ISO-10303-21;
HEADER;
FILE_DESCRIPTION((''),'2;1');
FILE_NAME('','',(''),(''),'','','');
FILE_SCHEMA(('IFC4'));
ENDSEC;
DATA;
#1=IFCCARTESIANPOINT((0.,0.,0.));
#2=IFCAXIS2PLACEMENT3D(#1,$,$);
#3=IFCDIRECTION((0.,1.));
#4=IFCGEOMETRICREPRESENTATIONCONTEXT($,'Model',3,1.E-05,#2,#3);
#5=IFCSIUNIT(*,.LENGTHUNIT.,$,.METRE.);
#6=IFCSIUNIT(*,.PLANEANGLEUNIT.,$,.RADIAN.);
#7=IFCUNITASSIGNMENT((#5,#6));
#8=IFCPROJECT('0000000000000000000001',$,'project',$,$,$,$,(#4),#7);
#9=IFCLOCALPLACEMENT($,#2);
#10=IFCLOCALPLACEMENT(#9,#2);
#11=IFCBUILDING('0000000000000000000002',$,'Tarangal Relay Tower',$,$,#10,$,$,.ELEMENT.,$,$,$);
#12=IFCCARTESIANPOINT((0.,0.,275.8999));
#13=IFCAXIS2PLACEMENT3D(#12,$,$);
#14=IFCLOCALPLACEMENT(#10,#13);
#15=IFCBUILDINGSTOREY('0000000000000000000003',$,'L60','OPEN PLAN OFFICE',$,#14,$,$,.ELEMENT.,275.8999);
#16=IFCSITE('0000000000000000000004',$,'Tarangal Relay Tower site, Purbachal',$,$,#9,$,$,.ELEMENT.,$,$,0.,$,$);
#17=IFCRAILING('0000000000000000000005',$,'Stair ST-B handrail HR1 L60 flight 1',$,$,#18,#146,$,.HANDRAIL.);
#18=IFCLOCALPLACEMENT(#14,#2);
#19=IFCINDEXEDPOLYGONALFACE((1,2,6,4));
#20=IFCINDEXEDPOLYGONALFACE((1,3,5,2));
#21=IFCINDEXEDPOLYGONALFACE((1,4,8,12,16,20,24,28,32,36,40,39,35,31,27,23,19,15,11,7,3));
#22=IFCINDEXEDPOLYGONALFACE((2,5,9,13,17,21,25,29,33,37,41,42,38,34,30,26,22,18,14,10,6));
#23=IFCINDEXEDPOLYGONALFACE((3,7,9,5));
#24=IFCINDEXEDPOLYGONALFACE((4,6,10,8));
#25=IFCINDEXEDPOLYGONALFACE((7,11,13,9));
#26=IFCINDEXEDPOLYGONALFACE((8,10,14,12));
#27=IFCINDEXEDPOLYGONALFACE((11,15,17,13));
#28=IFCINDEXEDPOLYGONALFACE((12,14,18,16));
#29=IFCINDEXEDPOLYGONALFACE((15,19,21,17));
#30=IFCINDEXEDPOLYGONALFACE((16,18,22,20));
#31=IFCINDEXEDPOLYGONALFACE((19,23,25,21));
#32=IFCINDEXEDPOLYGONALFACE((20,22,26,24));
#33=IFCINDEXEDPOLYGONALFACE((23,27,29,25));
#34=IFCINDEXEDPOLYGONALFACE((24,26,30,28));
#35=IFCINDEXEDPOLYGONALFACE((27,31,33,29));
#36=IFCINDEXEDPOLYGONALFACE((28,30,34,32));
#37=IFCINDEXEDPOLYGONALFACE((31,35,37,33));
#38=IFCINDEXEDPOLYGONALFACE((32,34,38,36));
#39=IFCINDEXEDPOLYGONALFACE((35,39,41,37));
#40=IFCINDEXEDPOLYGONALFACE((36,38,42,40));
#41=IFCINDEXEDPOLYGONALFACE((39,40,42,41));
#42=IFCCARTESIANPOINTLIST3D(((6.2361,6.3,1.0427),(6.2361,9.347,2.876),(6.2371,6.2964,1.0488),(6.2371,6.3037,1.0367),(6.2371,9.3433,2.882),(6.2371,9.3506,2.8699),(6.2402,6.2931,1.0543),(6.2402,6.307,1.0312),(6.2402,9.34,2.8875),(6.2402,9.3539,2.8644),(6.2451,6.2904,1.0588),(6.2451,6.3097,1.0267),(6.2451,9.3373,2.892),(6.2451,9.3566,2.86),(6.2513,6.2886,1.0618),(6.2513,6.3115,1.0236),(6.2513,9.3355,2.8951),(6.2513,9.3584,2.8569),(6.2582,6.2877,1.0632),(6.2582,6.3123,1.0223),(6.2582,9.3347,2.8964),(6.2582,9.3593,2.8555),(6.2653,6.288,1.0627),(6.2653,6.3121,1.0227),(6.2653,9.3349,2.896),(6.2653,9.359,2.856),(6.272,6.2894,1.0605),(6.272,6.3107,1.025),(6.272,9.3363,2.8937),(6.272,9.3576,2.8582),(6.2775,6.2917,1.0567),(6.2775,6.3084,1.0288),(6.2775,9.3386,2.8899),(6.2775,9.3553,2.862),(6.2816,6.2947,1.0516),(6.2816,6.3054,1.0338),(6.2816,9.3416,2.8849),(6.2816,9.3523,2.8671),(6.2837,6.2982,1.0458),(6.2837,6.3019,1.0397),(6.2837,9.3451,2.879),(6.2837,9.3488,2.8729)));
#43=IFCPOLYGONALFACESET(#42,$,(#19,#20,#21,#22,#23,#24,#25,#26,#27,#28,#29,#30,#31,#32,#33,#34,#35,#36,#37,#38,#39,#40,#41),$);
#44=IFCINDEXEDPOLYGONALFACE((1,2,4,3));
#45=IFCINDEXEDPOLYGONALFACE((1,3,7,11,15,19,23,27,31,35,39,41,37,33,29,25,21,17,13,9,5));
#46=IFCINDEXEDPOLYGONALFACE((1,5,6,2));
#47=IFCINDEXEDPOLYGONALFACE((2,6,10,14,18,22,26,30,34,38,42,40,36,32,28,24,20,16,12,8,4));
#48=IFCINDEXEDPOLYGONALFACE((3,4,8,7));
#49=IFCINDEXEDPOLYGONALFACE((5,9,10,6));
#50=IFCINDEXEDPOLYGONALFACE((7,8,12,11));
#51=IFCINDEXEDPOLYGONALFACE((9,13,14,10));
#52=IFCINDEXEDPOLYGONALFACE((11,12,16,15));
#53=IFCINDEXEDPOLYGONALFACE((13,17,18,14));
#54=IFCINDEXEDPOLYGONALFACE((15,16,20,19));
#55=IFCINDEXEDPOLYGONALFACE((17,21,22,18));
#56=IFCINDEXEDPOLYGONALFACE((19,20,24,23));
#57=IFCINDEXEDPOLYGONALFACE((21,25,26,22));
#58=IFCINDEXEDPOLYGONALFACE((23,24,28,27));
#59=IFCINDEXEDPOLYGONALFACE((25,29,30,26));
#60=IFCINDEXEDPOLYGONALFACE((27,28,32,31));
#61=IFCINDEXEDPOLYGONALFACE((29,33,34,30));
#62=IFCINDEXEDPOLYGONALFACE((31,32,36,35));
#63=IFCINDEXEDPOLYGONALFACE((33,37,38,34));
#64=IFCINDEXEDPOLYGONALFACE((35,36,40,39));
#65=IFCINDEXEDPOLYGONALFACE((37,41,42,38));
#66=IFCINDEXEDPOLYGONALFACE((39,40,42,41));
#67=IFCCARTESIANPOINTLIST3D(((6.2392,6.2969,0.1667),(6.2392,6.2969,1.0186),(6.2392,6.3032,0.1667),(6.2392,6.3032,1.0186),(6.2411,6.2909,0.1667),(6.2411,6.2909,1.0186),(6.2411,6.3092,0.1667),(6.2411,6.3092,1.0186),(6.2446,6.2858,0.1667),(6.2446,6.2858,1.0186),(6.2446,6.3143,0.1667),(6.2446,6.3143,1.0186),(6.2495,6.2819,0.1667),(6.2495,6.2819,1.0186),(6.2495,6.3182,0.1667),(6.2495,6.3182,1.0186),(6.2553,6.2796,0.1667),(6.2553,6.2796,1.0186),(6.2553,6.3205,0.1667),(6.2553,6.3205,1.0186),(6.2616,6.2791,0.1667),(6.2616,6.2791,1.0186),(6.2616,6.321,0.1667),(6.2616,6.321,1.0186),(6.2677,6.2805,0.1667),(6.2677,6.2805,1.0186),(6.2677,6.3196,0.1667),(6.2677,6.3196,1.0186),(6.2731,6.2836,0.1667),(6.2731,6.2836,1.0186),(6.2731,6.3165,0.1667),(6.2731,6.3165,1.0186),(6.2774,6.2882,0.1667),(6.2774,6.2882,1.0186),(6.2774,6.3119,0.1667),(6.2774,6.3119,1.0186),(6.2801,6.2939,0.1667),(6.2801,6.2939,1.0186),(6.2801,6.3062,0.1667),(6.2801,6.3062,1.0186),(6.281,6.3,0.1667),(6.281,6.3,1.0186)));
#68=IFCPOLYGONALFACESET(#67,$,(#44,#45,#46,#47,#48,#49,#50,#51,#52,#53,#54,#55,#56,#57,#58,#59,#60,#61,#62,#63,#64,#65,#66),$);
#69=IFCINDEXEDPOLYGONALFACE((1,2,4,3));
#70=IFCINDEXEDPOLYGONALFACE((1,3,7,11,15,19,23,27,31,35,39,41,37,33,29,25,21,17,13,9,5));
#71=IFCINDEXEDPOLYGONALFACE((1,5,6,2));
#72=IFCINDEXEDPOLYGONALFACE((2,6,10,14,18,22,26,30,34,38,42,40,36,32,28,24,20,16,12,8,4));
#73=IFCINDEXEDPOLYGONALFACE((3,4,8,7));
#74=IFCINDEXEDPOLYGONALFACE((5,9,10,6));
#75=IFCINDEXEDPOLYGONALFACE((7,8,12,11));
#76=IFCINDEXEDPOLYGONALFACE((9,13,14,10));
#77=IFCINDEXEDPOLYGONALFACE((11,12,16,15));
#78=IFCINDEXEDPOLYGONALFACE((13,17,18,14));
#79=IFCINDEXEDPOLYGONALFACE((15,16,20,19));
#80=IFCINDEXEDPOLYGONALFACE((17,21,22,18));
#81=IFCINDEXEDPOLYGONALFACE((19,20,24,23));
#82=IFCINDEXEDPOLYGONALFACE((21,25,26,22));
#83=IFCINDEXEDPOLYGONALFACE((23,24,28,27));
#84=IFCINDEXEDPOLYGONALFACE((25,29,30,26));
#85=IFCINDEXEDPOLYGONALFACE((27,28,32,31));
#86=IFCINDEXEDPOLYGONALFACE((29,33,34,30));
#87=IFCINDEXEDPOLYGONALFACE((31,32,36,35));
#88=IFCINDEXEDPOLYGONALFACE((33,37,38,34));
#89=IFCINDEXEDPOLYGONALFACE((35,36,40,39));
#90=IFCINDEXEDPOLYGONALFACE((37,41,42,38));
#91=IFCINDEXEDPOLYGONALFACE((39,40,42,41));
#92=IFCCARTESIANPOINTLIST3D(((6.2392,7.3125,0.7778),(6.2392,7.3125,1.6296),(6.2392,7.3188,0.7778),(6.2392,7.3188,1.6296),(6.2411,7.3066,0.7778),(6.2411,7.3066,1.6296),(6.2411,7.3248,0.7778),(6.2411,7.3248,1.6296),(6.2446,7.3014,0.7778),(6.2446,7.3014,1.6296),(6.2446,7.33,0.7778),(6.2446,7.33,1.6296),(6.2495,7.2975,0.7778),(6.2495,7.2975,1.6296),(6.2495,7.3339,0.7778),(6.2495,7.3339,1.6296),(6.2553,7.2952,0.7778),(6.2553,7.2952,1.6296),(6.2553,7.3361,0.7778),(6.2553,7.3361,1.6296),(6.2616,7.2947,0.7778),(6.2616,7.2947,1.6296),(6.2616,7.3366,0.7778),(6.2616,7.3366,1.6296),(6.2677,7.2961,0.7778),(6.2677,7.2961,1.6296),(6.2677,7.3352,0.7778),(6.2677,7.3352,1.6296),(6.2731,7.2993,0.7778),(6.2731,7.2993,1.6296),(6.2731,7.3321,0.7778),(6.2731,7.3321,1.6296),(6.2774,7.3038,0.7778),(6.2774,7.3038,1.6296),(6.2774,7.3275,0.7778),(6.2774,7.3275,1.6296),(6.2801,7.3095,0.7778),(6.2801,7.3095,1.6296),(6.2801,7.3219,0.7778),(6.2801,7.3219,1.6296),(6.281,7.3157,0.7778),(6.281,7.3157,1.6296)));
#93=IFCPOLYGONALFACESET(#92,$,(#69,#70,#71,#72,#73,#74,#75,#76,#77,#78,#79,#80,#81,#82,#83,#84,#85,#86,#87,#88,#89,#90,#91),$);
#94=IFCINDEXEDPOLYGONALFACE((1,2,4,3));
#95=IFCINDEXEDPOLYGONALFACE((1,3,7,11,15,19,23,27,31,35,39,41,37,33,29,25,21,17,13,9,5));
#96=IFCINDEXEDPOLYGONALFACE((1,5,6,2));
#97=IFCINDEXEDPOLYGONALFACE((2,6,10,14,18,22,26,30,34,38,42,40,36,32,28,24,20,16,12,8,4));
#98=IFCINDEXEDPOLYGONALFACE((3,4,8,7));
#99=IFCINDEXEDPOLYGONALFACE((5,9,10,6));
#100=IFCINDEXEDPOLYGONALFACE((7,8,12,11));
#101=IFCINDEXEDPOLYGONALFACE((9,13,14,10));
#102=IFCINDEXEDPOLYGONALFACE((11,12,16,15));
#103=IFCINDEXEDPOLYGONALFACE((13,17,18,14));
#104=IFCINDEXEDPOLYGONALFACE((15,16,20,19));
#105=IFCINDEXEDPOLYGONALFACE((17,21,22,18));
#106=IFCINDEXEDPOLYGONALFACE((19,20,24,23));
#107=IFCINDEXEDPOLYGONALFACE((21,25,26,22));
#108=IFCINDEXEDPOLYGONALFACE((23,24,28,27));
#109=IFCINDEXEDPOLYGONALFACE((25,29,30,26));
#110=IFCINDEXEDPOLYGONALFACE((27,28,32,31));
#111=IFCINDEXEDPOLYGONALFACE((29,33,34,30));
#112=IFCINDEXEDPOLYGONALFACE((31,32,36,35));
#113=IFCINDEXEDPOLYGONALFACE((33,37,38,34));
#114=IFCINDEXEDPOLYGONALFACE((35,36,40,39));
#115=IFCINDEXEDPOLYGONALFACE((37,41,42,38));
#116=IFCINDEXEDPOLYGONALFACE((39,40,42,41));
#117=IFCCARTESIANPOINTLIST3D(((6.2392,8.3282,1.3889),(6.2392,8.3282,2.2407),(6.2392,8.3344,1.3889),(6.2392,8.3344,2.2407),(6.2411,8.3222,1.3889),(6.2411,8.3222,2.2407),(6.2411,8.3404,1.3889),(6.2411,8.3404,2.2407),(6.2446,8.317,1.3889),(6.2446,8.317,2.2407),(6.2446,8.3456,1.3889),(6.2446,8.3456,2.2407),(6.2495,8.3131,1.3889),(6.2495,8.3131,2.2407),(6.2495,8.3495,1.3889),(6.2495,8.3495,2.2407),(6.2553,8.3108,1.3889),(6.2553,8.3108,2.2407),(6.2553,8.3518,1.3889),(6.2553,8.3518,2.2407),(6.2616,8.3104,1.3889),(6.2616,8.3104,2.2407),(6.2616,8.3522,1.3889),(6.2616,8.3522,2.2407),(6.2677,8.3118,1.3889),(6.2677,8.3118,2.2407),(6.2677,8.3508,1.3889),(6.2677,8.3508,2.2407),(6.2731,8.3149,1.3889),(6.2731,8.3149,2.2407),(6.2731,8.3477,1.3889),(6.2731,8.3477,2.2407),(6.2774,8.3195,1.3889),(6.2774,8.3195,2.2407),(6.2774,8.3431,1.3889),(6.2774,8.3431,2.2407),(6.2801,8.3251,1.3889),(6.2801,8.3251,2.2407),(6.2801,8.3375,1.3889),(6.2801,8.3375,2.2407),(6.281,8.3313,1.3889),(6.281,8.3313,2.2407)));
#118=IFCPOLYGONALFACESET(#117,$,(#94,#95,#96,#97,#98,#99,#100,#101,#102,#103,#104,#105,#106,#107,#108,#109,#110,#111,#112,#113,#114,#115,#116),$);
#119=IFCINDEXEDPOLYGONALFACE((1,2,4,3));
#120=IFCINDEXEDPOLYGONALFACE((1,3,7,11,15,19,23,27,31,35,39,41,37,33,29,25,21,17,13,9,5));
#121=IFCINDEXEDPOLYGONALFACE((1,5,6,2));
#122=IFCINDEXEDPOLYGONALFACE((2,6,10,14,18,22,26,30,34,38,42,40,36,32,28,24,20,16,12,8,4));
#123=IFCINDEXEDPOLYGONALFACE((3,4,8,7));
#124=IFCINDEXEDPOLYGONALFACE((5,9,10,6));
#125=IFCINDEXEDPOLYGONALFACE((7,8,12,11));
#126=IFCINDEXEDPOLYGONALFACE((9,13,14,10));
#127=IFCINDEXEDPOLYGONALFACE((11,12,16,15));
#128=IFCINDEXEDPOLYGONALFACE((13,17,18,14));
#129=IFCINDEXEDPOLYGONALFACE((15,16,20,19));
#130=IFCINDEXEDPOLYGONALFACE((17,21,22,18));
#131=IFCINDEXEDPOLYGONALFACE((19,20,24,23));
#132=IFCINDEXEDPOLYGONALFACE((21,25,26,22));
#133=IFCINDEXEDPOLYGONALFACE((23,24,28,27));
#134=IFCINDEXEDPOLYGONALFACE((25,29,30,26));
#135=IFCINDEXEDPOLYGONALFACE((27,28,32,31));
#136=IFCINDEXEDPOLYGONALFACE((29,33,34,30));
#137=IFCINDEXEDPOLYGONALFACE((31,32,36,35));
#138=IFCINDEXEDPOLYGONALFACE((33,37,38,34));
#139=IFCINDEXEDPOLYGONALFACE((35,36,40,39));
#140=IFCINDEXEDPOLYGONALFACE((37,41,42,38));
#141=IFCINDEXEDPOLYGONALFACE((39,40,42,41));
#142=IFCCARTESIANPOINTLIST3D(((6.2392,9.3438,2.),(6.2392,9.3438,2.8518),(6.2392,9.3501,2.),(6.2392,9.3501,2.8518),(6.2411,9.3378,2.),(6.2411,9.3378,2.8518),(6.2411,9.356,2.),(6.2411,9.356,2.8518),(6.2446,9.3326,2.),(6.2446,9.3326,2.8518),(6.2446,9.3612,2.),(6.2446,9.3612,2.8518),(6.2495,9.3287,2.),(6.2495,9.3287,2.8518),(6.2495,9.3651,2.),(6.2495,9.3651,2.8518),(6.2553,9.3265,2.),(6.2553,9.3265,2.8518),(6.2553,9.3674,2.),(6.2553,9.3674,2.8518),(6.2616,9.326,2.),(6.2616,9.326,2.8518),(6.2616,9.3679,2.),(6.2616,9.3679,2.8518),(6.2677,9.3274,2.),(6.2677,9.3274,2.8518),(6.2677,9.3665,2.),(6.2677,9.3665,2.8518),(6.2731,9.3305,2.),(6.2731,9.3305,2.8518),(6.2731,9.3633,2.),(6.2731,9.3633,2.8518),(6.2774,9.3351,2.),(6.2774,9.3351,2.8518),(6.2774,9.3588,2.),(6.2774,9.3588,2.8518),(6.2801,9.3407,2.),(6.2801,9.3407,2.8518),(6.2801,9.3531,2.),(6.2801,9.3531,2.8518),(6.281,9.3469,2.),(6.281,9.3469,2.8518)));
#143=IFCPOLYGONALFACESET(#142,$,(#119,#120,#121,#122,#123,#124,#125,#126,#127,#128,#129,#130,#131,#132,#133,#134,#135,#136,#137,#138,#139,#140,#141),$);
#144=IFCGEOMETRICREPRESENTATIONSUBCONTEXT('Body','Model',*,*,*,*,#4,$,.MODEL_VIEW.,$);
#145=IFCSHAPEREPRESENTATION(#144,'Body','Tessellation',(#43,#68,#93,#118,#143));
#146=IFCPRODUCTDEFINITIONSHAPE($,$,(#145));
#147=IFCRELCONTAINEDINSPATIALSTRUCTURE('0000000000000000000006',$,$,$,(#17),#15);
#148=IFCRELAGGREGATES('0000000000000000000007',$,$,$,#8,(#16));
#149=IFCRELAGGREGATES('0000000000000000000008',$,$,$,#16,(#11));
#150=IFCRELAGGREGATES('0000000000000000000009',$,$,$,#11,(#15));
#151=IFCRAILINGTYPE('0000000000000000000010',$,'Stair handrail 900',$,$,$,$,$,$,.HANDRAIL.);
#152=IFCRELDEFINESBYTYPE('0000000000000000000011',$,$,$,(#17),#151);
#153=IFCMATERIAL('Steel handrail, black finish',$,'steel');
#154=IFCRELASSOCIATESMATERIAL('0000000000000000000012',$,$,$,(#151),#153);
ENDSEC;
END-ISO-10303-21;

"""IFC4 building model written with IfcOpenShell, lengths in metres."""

from ifc_helpers import new_model, si_unit, direction, frame, origin, origin_2d, place, context, subcontext, project, spatial, circle, extrude, material, type_object, element, save


model = new_model("IFC4")

# Units and contexts
model_context = context("Model", 3, precision=1e-05, world=origin(), true_north=direction((0.0, 1.0)))
body_context = subcontext(model_context, "Body", "Model", "MODEL_VIEW")
ifc_project = project(units=[si_unit("LENGTHUNIT", "METRE"), si_unit("PLANEANGLEUNIT", "RADIAN")], contexts=[model_context])

# Site, building, storey
site_placement = place(None, origin())
site = spatial("IfcSite", under=ifc_project, at=site_placement, Name="Tarangal Relay Tower site, Purbachal", CompositionType="ELEMENT", RefElevation=0.0)
building_placement = place(site_placement, origin())
building = spatial("IfcBuilding", under=site, at=building_placement, Name="Tarangal Relay Tower", CompositionType="ELEMENT")
storey_placement = place(building_placement, frame((0.0, 0.0, 275.8999)))
storey = spatial("IfcBuildingStorey", under=building, at=storey_placement, Name="L60", Description="OPEN PLAN OFFICE", CompositionType="ELEMENT", Elevation=275.8999)

# Railing
ifc_material_1 = material(Name="Steel handrail, black finish", Category="steel")
railing_type_1 = type_object("IfcRailingType", Name="Stair handrail 900", PredefinedType="HANDRAIL", material=ifc_material_1)
railing_1_placement = place(storey_placement, frame((6.26, 6.3, 0.1667)))
element("IfcRailing", 1, at=railing_1_placement, inside=storey, type_object=railing_type_1, Name="Stair ST-B handrail HR1 L60 flight 1", PredefinedType="HANDRAIL", context=body_context, shape_type="SweptSolid", body=[
    extrude(circle(Radius=0.0239, at=origin_2d()), frame((0.0, 0.0, 0.876), z_axis=(0.0, 0.856856, 0.515556), x_axis=(-1.0, 0.0, 0.0)), (0.0, 0.0, 1.0), 3.5559),
    extrude(circle(Radius=0.021, at=origin_2d()), origin(), (0.0, 0.0, 1.0), 0.8518),
    extrude(circle(Radius=0.021, at=origin_2d()), frame((0.0, 1.0156, 0.6111)), (0.0, 0.0, 1.0), 0.8518),
    extrude(circle(Radius=0.021, at=origin_2d()), frame((0.0, 2.0312, 1.2222)), (0.0, 0.0, 1.0), 0.8518),
    extrude(circle(Radius=0.021, at=origin_2d()), frame((0.0, 3.0469, 1.8333)), (0.0, 0.0, 1.0), 0.8518),
])

save(model, "model.ifc")
